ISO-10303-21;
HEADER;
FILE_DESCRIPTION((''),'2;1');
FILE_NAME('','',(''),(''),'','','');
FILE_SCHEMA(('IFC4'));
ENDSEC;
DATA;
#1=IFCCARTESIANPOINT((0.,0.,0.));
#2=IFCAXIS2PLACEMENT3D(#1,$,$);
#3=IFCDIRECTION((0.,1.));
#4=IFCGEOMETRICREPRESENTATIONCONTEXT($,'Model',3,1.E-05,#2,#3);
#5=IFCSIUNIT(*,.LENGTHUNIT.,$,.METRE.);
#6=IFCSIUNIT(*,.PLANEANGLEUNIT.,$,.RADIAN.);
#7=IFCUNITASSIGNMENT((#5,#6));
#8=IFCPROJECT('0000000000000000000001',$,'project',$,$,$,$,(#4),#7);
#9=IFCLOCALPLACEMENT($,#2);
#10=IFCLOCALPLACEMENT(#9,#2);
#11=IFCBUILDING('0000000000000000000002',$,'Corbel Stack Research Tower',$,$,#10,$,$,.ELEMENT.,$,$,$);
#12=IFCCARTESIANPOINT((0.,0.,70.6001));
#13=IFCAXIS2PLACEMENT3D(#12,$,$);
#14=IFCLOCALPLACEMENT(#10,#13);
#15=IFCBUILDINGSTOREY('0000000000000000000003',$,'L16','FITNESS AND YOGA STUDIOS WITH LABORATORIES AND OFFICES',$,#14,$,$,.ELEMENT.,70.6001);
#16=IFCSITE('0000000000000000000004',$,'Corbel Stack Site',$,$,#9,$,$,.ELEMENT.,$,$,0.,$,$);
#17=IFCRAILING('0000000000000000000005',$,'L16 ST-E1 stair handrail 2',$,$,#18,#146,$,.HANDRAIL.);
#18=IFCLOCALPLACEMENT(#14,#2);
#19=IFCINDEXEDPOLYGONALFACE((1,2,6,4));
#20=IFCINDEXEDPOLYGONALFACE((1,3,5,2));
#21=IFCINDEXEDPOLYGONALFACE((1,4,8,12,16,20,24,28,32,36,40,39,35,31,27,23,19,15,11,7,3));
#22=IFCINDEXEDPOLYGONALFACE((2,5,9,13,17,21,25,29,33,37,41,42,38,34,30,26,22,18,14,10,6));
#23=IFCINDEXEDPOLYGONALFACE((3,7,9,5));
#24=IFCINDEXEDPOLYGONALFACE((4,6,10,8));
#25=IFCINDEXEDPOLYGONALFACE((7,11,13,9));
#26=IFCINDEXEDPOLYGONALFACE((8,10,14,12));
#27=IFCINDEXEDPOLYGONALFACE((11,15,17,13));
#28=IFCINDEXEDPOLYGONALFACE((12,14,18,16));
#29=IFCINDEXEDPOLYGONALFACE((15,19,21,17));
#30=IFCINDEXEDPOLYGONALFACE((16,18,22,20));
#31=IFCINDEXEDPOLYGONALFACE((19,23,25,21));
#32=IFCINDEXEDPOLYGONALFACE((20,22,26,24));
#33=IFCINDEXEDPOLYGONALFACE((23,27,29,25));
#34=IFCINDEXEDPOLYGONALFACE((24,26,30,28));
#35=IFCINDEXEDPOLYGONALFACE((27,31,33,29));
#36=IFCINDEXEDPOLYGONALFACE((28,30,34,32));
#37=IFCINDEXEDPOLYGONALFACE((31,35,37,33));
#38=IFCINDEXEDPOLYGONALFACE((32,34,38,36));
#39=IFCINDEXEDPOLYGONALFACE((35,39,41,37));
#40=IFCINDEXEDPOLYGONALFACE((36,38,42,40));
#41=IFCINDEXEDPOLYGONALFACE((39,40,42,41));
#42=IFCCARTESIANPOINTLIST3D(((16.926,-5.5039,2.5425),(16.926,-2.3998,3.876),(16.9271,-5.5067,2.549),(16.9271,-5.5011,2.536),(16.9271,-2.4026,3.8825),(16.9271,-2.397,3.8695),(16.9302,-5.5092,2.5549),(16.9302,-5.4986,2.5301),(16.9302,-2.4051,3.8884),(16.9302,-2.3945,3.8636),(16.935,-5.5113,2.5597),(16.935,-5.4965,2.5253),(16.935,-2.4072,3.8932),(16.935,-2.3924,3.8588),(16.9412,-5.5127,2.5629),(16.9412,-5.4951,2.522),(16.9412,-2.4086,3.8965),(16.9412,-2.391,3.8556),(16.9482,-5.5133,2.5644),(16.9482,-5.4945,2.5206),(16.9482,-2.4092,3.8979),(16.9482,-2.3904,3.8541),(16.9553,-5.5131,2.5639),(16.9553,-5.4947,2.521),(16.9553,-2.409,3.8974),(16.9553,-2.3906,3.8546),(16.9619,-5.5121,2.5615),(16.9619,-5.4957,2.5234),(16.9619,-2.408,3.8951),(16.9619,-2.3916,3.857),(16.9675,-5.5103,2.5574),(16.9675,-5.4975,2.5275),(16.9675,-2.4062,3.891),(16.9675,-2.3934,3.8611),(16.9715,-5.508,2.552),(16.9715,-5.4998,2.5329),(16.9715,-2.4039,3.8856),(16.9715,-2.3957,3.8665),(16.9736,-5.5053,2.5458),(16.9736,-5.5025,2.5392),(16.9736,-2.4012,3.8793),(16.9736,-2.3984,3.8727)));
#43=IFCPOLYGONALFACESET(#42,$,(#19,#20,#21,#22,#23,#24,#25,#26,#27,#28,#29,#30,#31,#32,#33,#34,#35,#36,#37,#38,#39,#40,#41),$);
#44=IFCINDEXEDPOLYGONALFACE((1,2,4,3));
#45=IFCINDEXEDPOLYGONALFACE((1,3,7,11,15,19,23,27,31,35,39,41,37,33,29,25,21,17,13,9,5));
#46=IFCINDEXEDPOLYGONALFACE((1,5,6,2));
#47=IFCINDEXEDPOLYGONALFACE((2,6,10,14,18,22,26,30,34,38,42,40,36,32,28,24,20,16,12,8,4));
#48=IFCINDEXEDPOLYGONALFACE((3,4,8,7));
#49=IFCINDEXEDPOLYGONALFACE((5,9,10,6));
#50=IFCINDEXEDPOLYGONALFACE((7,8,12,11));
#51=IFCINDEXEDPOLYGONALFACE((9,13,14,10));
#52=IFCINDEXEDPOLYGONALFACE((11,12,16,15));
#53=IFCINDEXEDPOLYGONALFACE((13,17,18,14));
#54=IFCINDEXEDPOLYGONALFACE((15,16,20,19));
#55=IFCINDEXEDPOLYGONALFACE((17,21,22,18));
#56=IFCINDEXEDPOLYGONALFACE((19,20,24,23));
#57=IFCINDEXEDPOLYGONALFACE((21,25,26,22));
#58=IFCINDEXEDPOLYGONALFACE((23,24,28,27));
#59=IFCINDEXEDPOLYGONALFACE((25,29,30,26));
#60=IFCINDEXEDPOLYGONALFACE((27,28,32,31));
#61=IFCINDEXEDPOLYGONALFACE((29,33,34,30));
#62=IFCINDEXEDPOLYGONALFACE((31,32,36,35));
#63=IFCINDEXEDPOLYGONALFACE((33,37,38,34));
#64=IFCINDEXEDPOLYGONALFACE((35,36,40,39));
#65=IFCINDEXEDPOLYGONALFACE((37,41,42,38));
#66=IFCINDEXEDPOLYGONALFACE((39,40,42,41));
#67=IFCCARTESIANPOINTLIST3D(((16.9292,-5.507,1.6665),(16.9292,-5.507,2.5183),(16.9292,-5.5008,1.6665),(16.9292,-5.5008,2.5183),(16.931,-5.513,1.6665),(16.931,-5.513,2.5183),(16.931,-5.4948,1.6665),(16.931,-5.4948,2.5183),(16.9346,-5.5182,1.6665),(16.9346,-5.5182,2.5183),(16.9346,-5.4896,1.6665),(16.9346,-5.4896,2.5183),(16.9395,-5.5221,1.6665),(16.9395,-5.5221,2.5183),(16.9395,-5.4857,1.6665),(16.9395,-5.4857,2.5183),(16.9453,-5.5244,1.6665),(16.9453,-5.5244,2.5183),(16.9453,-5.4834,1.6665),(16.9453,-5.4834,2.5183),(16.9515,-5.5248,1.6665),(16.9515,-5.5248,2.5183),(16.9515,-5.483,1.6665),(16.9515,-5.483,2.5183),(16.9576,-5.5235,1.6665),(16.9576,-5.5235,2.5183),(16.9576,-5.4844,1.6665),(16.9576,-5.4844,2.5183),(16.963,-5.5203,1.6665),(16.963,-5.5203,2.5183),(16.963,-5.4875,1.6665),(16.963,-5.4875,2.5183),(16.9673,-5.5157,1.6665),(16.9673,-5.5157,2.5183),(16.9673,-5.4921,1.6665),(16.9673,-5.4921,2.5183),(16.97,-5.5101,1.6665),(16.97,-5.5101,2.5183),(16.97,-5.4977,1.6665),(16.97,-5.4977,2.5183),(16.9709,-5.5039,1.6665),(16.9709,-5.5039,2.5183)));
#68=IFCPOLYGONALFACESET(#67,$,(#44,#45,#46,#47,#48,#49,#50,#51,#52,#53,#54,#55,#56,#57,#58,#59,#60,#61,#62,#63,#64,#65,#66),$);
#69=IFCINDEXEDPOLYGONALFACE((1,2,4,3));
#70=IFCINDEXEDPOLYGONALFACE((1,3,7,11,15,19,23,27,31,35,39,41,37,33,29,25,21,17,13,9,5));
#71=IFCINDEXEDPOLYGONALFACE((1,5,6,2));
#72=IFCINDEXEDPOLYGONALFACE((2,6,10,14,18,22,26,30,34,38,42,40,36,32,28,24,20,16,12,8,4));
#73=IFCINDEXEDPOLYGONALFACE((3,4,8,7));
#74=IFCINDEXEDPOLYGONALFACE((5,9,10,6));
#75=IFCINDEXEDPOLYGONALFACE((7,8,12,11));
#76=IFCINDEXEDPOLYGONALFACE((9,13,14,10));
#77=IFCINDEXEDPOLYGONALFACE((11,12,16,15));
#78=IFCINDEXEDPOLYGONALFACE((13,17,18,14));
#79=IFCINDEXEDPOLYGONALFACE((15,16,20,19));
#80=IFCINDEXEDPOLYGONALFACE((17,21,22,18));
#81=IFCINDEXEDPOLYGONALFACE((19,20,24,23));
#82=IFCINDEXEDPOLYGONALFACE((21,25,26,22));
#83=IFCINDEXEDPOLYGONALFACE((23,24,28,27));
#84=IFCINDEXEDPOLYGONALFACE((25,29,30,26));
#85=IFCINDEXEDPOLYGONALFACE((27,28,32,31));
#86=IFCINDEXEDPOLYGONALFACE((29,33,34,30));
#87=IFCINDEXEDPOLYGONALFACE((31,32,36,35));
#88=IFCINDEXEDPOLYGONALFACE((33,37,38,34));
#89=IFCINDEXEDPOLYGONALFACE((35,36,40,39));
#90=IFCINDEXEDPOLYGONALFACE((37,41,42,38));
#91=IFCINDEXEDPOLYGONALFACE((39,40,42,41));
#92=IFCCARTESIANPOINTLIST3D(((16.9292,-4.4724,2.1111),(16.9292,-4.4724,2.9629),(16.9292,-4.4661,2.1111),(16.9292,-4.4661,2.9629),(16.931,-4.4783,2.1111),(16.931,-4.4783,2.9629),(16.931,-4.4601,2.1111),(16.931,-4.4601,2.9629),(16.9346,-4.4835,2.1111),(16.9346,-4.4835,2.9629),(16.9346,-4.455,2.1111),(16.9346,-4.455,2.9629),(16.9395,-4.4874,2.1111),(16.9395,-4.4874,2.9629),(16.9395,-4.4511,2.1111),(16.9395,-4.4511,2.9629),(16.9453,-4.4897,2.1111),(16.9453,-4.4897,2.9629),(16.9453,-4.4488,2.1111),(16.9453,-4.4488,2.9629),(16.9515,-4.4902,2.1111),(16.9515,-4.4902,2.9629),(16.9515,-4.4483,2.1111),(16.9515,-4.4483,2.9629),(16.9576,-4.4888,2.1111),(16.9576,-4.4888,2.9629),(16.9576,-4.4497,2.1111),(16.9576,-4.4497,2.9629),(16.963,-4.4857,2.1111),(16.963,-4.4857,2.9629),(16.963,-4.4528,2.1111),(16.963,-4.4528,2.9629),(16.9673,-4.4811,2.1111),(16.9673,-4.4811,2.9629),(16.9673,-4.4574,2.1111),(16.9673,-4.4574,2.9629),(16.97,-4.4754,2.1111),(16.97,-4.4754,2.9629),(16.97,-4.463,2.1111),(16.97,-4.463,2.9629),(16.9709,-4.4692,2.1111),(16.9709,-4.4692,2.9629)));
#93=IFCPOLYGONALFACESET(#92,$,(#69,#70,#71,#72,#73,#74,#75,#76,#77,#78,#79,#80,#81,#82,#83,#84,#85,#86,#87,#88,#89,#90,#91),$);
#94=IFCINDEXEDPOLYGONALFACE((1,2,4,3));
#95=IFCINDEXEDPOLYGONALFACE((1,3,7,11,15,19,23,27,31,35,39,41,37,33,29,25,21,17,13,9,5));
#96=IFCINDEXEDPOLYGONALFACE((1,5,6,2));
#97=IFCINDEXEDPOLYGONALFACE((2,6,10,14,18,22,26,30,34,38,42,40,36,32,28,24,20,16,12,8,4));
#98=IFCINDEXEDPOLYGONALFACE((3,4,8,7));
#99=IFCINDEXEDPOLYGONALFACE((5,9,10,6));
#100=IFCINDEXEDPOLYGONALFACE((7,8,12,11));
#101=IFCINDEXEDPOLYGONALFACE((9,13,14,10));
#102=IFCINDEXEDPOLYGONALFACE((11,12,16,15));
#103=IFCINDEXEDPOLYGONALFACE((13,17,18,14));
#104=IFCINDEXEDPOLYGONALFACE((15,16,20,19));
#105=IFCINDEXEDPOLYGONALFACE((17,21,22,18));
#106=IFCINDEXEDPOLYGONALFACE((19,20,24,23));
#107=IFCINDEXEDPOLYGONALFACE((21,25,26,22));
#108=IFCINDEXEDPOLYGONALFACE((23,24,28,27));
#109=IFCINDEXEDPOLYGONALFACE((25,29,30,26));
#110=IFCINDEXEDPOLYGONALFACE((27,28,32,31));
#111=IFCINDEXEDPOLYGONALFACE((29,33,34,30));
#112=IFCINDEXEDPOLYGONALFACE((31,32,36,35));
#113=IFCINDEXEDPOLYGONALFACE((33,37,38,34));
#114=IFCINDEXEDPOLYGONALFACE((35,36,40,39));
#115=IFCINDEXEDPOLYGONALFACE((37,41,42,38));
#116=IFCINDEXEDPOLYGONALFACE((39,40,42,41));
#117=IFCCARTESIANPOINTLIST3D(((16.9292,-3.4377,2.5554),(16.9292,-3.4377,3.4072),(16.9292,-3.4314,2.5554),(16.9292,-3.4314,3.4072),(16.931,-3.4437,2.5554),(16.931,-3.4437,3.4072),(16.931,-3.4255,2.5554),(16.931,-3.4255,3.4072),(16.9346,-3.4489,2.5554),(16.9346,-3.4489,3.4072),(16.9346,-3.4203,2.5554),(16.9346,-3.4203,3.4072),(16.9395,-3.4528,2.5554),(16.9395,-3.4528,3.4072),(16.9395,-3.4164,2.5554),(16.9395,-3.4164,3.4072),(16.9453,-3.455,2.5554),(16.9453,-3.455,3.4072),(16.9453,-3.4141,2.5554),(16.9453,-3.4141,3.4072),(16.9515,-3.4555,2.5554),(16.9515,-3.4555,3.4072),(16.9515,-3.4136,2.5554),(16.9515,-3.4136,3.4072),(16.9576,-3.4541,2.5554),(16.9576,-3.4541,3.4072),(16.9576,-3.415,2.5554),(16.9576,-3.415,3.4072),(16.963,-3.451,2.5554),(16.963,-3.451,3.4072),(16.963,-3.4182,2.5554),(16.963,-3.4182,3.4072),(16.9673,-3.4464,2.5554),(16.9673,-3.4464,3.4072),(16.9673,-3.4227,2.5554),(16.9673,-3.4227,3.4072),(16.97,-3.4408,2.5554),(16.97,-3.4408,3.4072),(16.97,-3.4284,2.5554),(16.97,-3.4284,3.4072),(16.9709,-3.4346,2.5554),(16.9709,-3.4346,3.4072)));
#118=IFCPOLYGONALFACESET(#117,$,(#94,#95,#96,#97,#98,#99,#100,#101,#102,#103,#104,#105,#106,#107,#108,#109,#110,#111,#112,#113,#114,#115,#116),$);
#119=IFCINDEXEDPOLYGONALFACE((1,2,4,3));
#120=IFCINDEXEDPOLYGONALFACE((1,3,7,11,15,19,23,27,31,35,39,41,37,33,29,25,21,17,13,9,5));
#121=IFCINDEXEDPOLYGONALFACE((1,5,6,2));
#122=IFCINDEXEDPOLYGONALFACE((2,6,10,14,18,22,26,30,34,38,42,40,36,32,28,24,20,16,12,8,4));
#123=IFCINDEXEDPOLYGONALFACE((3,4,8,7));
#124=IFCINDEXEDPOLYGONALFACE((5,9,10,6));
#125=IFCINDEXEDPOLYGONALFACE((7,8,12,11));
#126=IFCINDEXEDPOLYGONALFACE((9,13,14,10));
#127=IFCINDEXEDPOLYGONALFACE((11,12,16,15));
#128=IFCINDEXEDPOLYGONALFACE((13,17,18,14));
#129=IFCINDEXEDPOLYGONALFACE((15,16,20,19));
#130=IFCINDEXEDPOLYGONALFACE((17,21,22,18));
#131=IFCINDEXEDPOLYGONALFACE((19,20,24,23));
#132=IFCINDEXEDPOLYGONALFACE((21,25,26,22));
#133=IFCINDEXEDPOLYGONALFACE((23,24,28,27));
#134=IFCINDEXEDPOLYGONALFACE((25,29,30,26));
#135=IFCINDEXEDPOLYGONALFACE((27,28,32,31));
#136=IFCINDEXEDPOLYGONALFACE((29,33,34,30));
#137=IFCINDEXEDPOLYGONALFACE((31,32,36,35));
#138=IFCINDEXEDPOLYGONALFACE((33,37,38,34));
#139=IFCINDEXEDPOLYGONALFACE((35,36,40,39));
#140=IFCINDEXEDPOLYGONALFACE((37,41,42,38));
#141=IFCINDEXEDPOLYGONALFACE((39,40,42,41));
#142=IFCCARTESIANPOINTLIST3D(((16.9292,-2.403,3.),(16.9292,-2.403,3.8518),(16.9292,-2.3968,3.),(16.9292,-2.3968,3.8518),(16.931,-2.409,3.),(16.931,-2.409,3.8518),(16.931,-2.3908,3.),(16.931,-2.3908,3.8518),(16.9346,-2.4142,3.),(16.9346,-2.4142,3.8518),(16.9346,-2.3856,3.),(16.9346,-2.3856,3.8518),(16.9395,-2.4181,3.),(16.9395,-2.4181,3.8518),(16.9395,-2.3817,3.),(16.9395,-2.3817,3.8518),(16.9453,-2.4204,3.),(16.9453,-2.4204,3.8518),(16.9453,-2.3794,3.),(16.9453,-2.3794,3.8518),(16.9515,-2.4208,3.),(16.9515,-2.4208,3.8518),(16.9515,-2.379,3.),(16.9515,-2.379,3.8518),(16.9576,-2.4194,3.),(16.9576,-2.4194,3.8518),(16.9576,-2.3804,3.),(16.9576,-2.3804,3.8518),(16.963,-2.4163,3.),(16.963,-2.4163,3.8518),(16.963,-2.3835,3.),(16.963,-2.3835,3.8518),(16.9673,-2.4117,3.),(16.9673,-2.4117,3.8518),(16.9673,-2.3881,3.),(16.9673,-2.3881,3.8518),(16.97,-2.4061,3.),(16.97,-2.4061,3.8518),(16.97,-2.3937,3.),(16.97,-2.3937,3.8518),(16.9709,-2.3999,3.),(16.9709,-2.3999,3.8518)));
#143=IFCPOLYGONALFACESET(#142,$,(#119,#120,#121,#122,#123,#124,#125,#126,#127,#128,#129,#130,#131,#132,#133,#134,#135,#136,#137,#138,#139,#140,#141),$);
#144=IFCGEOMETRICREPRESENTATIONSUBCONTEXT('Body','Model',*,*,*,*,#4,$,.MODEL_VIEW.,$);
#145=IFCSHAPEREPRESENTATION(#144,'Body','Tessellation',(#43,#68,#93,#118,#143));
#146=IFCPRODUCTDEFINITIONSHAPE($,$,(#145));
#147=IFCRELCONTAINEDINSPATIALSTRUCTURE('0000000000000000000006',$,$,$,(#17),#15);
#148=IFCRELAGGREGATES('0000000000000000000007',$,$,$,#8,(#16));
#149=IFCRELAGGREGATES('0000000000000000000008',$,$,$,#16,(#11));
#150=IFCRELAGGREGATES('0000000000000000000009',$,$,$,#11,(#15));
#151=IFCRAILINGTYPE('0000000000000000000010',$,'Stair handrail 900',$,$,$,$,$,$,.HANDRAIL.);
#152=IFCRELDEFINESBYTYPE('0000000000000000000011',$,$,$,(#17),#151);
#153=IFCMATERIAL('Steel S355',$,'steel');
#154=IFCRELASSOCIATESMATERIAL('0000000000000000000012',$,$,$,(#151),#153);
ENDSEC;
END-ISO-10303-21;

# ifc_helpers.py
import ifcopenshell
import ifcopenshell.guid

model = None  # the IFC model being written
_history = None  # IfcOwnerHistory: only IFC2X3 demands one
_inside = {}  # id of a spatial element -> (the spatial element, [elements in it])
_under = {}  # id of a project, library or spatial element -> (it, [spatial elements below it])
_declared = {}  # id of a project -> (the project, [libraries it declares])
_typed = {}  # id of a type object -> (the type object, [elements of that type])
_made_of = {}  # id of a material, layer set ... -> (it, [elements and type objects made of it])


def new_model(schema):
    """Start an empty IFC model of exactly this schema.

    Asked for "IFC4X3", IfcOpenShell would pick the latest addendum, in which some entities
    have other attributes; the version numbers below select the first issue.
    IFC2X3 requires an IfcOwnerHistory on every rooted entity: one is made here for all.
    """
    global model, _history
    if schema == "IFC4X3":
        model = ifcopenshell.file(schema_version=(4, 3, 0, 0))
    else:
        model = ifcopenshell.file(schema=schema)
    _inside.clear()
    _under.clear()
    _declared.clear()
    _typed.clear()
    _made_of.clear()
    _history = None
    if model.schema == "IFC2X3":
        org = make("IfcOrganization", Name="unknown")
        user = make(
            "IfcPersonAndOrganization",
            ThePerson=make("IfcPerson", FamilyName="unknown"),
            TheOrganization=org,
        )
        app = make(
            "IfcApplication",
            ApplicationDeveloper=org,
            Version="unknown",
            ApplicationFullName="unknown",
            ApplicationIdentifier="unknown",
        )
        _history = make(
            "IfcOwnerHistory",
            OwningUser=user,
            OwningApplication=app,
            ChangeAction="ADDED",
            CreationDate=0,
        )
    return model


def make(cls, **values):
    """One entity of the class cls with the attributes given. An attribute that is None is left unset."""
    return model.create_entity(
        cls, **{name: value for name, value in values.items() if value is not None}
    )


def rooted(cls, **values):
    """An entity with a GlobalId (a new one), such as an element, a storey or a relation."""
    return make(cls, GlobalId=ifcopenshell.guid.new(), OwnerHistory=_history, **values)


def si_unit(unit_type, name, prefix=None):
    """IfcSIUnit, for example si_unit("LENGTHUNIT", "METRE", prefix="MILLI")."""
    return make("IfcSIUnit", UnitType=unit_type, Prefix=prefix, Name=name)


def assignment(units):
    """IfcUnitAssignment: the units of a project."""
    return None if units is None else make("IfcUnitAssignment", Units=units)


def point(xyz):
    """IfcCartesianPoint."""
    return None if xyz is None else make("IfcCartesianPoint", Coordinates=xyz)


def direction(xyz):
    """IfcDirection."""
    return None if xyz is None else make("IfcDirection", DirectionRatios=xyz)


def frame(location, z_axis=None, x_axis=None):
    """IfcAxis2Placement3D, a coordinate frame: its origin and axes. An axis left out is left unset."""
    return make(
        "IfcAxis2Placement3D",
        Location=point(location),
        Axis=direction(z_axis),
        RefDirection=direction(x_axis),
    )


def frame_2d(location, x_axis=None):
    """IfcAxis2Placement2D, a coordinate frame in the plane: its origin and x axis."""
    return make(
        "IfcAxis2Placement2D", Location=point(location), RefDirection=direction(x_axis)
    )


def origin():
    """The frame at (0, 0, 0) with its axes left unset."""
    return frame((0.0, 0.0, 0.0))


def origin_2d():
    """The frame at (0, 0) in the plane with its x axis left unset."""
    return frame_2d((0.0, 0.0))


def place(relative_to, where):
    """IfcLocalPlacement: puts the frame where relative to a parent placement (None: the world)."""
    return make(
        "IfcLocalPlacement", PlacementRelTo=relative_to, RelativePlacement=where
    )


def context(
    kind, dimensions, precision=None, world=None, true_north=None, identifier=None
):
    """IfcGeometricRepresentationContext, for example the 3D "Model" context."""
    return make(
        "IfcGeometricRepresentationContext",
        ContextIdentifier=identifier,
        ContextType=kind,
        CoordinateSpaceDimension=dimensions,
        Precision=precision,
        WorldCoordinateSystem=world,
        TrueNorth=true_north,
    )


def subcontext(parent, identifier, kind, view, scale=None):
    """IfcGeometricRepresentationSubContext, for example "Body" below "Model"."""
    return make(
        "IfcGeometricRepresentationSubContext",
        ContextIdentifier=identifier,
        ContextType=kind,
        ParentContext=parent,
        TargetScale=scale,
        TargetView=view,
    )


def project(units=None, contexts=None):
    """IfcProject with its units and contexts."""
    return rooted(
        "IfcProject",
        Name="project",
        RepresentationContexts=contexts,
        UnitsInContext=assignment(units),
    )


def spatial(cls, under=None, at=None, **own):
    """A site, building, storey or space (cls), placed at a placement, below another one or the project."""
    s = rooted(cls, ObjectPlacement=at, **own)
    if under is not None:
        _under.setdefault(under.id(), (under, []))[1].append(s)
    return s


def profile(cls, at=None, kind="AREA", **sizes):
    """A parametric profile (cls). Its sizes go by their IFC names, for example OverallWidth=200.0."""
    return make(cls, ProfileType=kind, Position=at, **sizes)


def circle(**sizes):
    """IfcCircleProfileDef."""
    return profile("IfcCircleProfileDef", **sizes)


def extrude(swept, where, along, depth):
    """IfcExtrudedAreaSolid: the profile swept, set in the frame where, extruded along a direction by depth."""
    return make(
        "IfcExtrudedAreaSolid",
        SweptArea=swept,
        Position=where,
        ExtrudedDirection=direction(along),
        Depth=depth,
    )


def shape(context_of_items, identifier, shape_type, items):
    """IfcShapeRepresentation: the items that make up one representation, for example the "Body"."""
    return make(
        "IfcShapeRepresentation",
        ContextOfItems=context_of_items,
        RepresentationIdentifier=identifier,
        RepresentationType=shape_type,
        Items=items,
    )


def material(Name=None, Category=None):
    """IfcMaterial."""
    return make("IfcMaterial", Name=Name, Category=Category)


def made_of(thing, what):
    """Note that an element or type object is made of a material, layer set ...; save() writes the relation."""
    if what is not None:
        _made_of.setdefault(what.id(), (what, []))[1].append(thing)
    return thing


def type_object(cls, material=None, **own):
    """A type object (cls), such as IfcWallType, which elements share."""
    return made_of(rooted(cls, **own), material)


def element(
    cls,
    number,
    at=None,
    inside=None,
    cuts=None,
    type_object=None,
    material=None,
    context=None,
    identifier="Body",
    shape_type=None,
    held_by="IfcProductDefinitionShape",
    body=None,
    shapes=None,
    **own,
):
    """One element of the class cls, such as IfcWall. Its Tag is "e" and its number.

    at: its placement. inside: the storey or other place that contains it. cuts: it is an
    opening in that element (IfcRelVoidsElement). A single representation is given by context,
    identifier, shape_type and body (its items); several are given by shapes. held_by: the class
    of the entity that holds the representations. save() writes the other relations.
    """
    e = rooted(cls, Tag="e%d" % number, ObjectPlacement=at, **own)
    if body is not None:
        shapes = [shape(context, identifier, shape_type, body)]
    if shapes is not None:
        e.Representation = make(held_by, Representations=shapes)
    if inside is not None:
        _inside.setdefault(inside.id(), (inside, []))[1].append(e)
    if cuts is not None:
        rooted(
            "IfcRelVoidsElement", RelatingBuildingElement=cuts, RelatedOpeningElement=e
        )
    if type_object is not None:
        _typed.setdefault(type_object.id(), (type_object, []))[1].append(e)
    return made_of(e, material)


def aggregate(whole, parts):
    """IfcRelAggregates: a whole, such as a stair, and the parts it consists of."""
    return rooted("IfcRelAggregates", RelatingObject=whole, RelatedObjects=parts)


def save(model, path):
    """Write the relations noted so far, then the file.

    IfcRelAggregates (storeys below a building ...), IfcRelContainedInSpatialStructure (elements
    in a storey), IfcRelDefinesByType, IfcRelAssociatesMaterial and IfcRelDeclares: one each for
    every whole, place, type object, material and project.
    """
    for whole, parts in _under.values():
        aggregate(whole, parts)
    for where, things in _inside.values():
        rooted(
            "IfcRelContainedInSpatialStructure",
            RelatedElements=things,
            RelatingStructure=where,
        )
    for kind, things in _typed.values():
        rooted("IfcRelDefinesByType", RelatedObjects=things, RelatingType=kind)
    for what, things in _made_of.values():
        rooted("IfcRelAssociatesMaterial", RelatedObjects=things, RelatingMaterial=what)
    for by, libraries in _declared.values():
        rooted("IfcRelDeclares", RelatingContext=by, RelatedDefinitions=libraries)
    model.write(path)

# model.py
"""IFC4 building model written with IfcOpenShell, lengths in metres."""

from ifc_helpers import new_model, si_unit, direction, frame, origin, origin_2d, place, context, subcontext, project, spatial, circle, extrude, material, type_object, element, save


model = new_model("IFC4")

# Units and contexts
model_context = context("Model", 3, precision=1e-05, world=origin(), true_north=direction((0.0, 1.0)))
body_context = subcontext(model_context, "Body", "Model", "MODEL_VIEW")
ifc_project = project(units=[si_unit("LENGTHUNIT", "METRE"), si_unit("PLANEANGLEUNIT", "RADIAN")], contexts=[model_context])

# Site, building, storey
site_placement = place(None, origin())
site = spatial("IfcSite", under=ifc_project, at=site_placement, Name="Corbel Stack Site", CompositionType="ELEMENT", RefElevation=0.0)
building_placement = place(site_placement, origin())
building = spatial("IfcBuilding", under=site, at=building_placement, Name="Corbel Stack Research Tower", CompositionType="ELEMENT")
storey_placement = place(building_placement, frame((0.0, 0.0, 70.6001)))
storey = spatial("IfcBuildingStorey", under=building, at=storey_placement, Name="L16", Description="FITNESS AND YOGA STUDIOS WITH LABORATORIES AND OFFICES", CompositionType="ELEMENT", Elevation=70.6001)

# Railing
ifc_material_1 = material(Name="Steel S355", Category="steel")
railing_type_1 = type_object("IfcRailingType", Name="Stair handrail 900", PredefinedType="HANDRAIL", material=ifc_material_1)
for number, where, name in (
    (1, (16.95, -5.5039, 1.6665), "L16 ST-E1 stair handrail 2"),
):
    element("IfcRailing", number, at=place(storey_placement, frame(where)), inside=storey, type_object=railing_type_1, Name=name, PredefinedType="HANDRAIL", context=body_context, shape_type="SweptSolid", body=[
        extrude(circle(Radius=0.0239, at=origin_2d()), frame((0.0, 0.0, 0.876), z_axis=(0.0, 0.918801, 0.394722), x_axis=(-1.0, 0.0, 0.0)), (0.0, 0.0, 1.0), 3.3784),
        extrude(circle(Radius=0.021, at=origin_2d()), origin(), (0.0, 0.0, 1.0), 0.8518),
        extrude(circle(Radius=0.021, at=origin_2d()), frame((0.0, 1.0347, 0.4446)), (0.0, 0.0, 1.0), 0.8518),
        extrude(circle(Radius=0.021, at=origin_2d()), frame((0.0, 2.0693, 0.8889)), (0.0, 0.0, 1.0), 0.8518),
        extrude(circle(Radius=0.021, at=origin_2d()), frame((0.0, 3.104, 1.3335)), (0.0, 0.0, 1.0), 0.8518),
    ])

save(model, "model.ifc")
